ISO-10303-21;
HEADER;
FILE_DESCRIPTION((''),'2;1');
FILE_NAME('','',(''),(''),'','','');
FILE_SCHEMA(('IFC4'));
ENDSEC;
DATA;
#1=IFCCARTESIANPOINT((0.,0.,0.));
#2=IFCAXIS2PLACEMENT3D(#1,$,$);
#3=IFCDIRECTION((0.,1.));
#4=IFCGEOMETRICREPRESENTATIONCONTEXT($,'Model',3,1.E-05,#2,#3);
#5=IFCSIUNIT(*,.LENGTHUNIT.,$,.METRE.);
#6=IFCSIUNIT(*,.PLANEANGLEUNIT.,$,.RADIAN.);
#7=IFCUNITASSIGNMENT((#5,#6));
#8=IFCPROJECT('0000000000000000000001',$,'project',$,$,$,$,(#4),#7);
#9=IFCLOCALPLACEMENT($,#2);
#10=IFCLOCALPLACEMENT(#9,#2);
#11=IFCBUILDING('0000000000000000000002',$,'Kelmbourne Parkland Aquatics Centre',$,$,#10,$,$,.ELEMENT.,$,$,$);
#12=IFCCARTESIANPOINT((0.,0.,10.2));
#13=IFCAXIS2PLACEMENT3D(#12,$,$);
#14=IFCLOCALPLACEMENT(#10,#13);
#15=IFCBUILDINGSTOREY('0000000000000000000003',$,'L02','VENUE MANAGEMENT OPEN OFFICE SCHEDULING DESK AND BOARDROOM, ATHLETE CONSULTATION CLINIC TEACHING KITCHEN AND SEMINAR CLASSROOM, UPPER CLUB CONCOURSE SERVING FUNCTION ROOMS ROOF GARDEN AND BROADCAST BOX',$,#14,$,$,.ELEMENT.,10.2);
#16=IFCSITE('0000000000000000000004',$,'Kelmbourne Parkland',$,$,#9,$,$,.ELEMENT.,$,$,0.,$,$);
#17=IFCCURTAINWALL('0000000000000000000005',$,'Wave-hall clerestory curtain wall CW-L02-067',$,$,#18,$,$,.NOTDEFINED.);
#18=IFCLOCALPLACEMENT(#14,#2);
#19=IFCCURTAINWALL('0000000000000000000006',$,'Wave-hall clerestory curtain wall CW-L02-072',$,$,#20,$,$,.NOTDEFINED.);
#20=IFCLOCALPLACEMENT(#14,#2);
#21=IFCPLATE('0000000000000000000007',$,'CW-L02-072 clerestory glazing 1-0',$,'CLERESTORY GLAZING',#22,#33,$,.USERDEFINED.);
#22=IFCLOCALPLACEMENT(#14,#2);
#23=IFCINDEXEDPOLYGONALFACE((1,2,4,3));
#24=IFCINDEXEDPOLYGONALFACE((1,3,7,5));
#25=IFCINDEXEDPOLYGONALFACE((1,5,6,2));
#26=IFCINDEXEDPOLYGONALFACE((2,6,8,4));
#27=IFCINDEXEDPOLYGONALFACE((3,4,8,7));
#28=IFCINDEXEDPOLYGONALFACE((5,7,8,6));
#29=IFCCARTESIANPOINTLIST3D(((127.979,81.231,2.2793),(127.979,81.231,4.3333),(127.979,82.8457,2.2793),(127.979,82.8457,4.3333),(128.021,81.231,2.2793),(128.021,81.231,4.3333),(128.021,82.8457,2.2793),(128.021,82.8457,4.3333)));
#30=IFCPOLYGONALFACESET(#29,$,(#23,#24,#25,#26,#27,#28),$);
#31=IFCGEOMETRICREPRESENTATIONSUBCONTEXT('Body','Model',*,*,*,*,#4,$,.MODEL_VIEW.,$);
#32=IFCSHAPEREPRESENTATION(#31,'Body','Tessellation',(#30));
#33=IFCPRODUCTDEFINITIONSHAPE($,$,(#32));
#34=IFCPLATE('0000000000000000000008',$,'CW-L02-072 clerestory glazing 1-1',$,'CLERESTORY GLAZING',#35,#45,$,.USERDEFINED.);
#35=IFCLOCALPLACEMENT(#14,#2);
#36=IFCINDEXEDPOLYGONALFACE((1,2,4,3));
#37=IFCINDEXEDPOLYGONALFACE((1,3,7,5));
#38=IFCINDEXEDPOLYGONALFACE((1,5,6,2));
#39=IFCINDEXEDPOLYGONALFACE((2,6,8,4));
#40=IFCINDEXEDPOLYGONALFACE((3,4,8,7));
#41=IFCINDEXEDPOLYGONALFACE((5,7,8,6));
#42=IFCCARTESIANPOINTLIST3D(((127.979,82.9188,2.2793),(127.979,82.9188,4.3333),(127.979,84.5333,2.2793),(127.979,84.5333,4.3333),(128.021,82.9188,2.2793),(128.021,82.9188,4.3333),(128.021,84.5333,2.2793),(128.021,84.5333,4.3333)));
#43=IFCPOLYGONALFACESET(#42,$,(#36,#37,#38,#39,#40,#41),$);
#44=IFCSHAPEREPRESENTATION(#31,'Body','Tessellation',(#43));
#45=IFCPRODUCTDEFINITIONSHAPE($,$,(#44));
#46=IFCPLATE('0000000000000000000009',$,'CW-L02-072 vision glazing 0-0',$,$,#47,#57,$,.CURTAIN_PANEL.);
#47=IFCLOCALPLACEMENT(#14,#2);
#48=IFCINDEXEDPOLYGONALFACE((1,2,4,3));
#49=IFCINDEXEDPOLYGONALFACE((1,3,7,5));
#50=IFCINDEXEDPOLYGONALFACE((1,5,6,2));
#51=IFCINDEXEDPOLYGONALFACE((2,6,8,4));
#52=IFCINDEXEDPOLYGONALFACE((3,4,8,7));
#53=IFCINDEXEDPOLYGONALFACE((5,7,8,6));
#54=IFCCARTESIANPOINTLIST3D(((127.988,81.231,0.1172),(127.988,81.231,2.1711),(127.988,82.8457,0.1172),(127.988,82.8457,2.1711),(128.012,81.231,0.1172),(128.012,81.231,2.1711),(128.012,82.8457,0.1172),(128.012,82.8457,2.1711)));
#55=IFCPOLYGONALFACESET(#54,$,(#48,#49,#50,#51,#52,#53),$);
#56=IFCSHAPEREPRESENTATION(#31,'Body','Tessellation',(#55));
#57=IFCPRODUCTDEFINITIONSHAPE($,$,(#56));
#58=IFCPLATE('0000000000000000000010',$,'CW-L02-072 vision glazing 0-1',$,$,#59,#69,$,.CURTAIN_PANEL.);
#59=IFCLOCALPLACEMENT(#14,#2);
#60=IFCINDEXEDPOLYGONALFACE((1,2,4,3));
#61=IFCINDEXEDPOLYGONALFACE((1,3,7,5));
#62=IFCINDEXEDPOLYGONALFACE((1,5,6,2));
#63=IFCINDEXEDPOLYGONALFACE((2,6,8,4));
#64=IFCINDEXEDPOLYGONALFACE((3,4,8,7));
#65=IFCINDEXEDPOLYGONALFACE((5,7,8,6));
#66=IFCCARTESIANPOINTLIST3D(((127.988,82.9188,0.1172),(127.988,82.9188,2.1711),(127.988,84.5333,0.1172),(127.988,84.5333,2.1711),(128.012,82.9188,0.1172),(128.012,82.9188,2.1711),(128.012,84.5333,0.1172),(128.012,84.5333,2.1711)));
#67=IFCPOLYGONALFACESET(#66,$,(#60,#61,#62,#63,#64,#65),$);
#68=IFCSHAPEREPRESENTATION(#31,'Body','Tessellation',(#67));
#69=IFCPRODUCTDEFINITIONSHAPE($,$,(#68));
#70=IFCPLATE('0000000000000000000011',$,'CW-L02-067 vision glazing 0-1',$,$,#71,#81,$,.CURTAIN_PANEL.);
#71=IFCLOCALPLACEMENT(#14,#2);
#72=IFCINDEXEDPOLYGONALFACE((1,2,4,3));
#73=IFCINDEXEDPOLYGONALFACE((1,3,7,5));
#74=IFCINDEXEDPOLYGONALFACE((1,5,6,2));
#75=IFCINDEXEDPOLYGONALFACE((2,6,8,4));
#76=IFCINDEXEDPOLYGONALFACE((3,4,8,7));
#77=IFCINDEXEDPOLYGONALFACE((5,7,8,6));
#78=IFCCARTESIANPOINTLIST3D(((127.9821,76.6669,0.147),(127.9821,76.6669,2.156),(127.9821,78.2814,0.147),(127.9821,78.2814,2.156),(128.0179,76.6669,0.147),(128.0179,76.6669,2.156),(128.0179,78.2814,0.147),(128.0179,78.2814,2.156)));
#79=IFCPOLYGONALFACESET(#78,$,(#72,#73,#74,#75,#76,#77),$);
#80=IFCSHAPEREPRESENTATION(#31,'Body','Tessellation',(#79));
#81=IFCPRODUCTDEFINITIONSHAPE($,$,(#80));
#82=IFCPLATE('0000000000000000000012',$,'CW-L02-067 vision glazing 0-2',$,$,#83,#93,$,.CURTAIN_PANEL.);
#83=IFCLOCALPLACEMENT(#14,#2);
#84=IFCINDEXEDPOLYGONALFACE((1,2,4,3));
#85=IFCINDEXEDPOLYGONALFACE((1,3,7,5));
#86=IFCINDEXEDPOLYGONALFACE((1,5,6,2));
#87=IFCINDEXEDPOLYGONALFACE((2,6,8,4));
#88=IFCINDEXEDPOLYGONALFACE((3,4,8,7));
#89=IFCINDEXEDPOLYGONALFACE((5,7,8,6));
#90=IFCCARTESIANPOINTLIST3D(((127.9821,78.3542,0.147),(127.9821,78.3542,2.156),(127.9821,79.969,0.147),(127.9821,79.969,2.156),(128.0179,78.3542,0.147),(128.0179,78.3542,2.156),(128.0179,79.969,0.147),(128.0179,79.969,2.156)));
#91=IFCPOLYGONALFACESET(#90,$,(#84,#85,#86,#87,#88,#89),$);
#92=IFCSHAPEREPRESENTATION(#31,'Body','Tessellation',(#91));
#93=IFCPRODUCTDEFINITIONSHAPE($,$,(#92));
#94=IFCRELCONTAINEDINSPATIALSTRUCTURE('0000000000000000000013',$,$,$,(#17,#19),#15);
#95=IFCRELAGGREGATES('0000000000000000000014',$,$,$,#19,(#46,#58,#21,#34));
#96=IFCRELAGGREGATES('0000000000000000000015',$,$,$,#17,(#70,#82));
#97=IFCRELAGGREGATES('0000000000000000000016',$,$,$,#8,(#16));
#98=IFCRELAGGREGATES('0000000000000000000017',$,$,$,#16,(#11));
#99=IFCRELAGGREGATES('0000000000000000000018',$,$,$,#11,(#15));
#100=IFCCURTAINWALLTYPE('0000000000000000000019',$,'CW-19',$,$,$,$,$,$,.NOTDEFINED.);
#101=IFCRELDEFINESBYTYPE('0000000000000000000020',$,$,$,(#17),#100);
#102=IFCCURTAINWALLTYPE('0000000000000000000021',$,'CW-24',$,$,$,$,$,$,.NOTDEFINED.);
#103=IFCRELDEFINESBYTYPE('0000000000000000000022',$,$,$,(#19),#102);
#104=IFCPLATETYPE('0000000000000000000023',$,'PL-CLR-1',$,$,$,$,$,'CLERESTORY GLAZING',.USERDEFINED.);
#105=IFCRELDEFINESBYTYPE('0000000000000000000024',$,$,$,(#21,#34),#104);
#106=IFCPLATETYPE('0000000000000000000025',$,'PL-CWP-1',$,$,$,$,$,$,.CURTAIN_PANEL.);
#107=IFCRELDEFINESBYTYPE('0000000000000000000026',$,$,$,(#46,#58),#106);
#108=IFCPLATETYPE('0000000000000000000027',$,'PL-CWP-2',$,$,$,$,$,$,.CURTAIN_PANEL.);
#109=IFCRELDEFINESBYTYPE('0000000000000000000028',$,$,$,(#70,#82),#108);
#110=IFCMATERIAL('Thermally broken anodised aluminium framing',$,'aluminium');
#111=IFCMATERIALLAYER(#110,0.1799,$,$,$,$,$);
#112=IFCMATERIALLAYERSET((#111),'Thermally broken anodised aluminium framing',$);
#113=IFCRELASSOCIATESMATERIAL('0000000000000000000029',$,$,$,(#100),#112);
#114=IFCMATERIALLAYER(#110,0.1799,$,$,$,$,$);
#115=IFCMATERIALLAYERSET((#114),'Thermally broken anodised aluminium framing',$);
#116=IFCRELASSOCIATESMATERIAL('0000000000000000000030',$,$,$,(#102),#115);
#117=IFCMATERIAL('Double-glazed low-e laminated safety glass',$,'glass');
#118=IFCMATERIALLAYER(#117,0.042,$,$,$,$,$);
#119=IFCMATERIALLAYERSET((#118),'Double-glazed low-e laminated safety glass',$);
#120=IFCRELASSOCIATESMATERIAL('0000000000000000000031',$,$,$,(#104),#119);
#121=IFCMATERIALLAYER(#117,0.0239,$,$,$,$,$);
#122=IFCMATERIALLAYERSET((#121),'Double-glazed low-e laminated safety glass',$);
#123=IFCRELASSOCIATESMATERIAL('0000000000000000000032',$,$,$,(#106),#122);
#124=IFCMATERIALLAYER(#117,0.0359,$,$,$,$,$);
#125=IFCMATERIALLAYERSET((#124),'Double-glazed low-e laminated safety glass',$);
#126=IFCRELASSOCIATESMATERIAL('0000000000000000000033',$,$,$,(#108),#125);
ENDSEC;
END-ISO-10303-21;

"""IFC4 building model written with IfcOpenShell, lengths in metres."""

from ifc_helpers import new_model, si_unit, direction, frame, origin, origin_2d, place, context, subcontext, project, spatial, rectangle, extrude, material, layer, layer_set, type_object, element, aggregate, save


model = new_model("IFC4")

# Units and contexts
model_context = context("Model", 3, precision=1e-05, world=origin(), true_north=direction((0.0, 1.0)))
body_context = subcontext(model_context, "Body", "Model", "MODEL_VIEW")
ifc_project = project(units=[si_unit("LENGTHUNIT", "METRE"), si_unit("PLANEANGLEUNIT", "RADIAN")], contexts=[model_context])

# Site, building, storey
site_placement = place(None, origin())
site = spatial("IfcSite", under=ifc_project, at=site_placement, Name="Kelmbourne Parkland", CompositionType="ELEMENT", RefElevation=0.0)
building_placement = place(site_placement, origin())
building = spatial("IfcBuilding", under=site, at=building_placement, Name="Kelmbourne Parkland Aquatics Centre", CompositionType="ELEMENT")
storey_placement = place(building_placement, frame((0.0, 0.0, 10.2)))
storey = spatial("IfcBuildingStorey", under=building, at=storey_placement, Name="L02", Description="VENUE MANAGEMENT OPEN OFFICE SCHEDULING DESK AND BOARDROOM, ATHLETE CONSULTATION CLINIC TEACHING KITCHEN AND SEMINAR CLASSROOM, UPPER CLUB CONCOURSE SERVING FUNCTION ROOMS ROOF GARDEN AND BROADCAST BOX", CompositionType="ELEMENT", Elevation=10.2)

# Curtain walls
ifc_material_1 = material(Name="Thermally broken anodised aluminium framing", Category="aluminium")
ifc_layer_1 = layer(ifc_material_1, 0.1799)
ifc_layer_set_1 = layer_set([ifc_layer_1], Name="Thermally broken anodised aluminium framing")
curtain_wall_type_1 = type_object("IfcCurtainWallType", Name="CW-19", PredefinedType="NOTDEFINED", material=ifc_layer_set_1)
curtain_wall_1_placement = place(storey_placement, origin())
curtain_wall_1 = element("IfcCurtainWall", 1, at=curtain_wall_1_placement, inside=storey, type_object=curtain_wall_type_1, Name="Wave-hall clerestory curtain wall CW-L02-067", PredefinedType="NOTDEFINED")
ifc_layer_2 = layer(ifc_material_1, 0.1799)
ifc_layer_set_2 = layer_set([ifc_layer_2], Name="Thermally broken anodised aluminium framing")
curtain_wall_type_2 = type_object("IfcCurtainWallType", Name="CW-24", PredefinedType="NOTDEFINED", material=ifc_layer_set_2)
curtain_wall_2_placement = place(storey_placement, origin())
curtain_wall_2 = element("IfcCurtainWall", 2, at=curtain_wall_2_placement, inside=storey, type_object=curtain_wall_type_2, Name="Wave-hall clerestory curtain wall CW-L02-072", PredefinedType="NOTDEFINED")

# Plates
ifc_material_2 = material(Name="Double-glazed low-e laminated safety glass", Category="glass")
ifc_layer_3 = layer(ifc_material_2, 0.042)
ifc_layer_set_3 = layer_set([ifc_layer_3], Name="Double-glazed low-e laminated safety glass")
plate_type_1 = type_object("IfcPlateType", Name="PL-CLR-1", ElementType="CLERESTORY GLAZING", PredefinedType="USERDEFINED", material=ifc_layer_set_3)
plate_1_placement = place(storey_placement, frame((128.0, 82.0383, 2.2793), z_axis=(0.0, 0.0, 1.0), x_axis=(0.0, 1.0, 0.0)))
plate_1 = element("IfcPlate", 3, at=plate_1_placement, type_object=plate_type_1, Name="CW-L02-072 clerestory glazing 1-0", ObjectType="CLERESTORY GLAZING", PredefinedType="USERDEFINED", context=body_context, shape_type="SweptSolid", body=[
    extrude(rectangle(XDim=1.6147, YDim=0.042, at=origin_2d()), origin(), (0.0, 0.0, 1.0), 2.054),
])
plate_2_placement = place(storey_placement, frame((128.0, 83.7261, 2.2793), z_axis=(0.0, 0.0, 1.0), x_axis=(0.0, 1.0, 0.0)))
plate_2 = element("IfcPlate", 4, at=plate_2_placement, type_object=plate_type_1, Name="CW-L02-072 clerestory glazing 1-1", ObjectType="CLERESTORY GLAZING", PredefinedType="USERDEFINED", context=body_context, shape_type="SweptSolid", body=[
    extrude(rectangle(XDim=1.6145, YDim=0.042, at=origin_2d()), origin(), (0.0, 0.0, 1.0), 2.054),
])
ifc_layer_4 = layer(ifc_material_2, 0.0239)
ifc_layer_set_4 = layer_set([ifc_layer_4], Name="Double-glazed low-e laminated safety glass")
plate_type_2 = type_object("IfcPlateType", Name="PL-CWP-1", PredefinedType="CURTAIN_PANEL", material=ifc_layer_set_4)
plate_3_placement = place(storey_placement, frame((128.0, 82.0383, 0.1172), z_axis=(0.0, 0.0, 1.0), x_axis=(0.0, 1.0, 0.0)))
plate_3 = element("IfcPlate", 5, at=plate_3_placement, type_object=plate_type_2, Name="CW-L02-072 vision glazing 0-0", PredefinedType="CURTAIN_PANEL", context=body_context, shape_type="SweptSolid", body=[
    extrude(rectangle(XDim=1.6147, YDim=0.0239, at=origin_2d()), origin(), (0.0, 0.0, 1.0), 2.054),
])
plate_4_placement = place(storey_placement, frame((128.0, 83.7261, 0.1172), z_axis=(0.0, 0.0, 1.0), x_axis=(0.0, 1.0, 0.0)))
plate_4 = element("IfcPlate", 6, at=plate_4_placement, type_object=plate_type_2, Name="CW-L02-072 vision glazing 0-1", PredefinedType="CURTAIN_PANEL", context=body_context, shape_type="SweptSolid", body=[
    extrude(rectangle(XDim=1.6145, YDim=0.0239, at=origin_2d()), origin(), (0.0, 0.0, 1.0), 2.054),
])
aggregate(curtain_wall_2, [plate_3, plate_4, plate_1, plate_2])
ifc_layer_5 = layer(ifc_material_2, 0.0359)
ifc_layer_set_5 = layer_set([ifc_layer_5], Name="Double-glazed low-e laminated safety glass")
plate_type_3 = type_object("IfcPlateType", Name="PL-CWP-2", PredefinedType="CURTAIN_PANEL", material=ifc_layer_set_5)
plate_5_placement = place(storey_placement, frame((128.0, 77.4741, 0.147), z_axis=(0.0, 0.0, 1.0), x_axis=(0.0, 1.0, 0.0)))
plate_5 = element("IfcPlate", 7, at=plate_5_placement, type_object=plate_type_3, Name="CW-L02-067 vision glazing 0-1", PredefinedType="CURTAIN_PANEL", context=body_context, shape_type="SweptSolid", body=[
    extrude(rectangle(XDim=1.6145, YDim=0.0359, at=origin_2d()), origin(), (0.0, 0.0, 1.0), 2.009),
])
plate_6_placement = place(storey_placement, frame((128.0, 79.1616, 0.147), z_axis=(0.0, 0.0, 1.0), x_axis=(0.0, 1.0, 0.0)))
plate_6 = element("IfcPlate", 8, at=plate_6_placement, type_object=plate_type_3, Name="CW-L02-067 vision glazing 0-2", PredefinedType="CURTAIN_PANEL", context=body_context, shape_type="SweptSolid", body=[
    extrude(rectangle(XDim=1.6147, YDim=0.0359, at=origin_2d()), origin(), (0.0, 0.0, 1.0), 2.009),
])
aggregate(curtain_wall_1, [plate_5, plate_6])

save(model, "model.ifc")
